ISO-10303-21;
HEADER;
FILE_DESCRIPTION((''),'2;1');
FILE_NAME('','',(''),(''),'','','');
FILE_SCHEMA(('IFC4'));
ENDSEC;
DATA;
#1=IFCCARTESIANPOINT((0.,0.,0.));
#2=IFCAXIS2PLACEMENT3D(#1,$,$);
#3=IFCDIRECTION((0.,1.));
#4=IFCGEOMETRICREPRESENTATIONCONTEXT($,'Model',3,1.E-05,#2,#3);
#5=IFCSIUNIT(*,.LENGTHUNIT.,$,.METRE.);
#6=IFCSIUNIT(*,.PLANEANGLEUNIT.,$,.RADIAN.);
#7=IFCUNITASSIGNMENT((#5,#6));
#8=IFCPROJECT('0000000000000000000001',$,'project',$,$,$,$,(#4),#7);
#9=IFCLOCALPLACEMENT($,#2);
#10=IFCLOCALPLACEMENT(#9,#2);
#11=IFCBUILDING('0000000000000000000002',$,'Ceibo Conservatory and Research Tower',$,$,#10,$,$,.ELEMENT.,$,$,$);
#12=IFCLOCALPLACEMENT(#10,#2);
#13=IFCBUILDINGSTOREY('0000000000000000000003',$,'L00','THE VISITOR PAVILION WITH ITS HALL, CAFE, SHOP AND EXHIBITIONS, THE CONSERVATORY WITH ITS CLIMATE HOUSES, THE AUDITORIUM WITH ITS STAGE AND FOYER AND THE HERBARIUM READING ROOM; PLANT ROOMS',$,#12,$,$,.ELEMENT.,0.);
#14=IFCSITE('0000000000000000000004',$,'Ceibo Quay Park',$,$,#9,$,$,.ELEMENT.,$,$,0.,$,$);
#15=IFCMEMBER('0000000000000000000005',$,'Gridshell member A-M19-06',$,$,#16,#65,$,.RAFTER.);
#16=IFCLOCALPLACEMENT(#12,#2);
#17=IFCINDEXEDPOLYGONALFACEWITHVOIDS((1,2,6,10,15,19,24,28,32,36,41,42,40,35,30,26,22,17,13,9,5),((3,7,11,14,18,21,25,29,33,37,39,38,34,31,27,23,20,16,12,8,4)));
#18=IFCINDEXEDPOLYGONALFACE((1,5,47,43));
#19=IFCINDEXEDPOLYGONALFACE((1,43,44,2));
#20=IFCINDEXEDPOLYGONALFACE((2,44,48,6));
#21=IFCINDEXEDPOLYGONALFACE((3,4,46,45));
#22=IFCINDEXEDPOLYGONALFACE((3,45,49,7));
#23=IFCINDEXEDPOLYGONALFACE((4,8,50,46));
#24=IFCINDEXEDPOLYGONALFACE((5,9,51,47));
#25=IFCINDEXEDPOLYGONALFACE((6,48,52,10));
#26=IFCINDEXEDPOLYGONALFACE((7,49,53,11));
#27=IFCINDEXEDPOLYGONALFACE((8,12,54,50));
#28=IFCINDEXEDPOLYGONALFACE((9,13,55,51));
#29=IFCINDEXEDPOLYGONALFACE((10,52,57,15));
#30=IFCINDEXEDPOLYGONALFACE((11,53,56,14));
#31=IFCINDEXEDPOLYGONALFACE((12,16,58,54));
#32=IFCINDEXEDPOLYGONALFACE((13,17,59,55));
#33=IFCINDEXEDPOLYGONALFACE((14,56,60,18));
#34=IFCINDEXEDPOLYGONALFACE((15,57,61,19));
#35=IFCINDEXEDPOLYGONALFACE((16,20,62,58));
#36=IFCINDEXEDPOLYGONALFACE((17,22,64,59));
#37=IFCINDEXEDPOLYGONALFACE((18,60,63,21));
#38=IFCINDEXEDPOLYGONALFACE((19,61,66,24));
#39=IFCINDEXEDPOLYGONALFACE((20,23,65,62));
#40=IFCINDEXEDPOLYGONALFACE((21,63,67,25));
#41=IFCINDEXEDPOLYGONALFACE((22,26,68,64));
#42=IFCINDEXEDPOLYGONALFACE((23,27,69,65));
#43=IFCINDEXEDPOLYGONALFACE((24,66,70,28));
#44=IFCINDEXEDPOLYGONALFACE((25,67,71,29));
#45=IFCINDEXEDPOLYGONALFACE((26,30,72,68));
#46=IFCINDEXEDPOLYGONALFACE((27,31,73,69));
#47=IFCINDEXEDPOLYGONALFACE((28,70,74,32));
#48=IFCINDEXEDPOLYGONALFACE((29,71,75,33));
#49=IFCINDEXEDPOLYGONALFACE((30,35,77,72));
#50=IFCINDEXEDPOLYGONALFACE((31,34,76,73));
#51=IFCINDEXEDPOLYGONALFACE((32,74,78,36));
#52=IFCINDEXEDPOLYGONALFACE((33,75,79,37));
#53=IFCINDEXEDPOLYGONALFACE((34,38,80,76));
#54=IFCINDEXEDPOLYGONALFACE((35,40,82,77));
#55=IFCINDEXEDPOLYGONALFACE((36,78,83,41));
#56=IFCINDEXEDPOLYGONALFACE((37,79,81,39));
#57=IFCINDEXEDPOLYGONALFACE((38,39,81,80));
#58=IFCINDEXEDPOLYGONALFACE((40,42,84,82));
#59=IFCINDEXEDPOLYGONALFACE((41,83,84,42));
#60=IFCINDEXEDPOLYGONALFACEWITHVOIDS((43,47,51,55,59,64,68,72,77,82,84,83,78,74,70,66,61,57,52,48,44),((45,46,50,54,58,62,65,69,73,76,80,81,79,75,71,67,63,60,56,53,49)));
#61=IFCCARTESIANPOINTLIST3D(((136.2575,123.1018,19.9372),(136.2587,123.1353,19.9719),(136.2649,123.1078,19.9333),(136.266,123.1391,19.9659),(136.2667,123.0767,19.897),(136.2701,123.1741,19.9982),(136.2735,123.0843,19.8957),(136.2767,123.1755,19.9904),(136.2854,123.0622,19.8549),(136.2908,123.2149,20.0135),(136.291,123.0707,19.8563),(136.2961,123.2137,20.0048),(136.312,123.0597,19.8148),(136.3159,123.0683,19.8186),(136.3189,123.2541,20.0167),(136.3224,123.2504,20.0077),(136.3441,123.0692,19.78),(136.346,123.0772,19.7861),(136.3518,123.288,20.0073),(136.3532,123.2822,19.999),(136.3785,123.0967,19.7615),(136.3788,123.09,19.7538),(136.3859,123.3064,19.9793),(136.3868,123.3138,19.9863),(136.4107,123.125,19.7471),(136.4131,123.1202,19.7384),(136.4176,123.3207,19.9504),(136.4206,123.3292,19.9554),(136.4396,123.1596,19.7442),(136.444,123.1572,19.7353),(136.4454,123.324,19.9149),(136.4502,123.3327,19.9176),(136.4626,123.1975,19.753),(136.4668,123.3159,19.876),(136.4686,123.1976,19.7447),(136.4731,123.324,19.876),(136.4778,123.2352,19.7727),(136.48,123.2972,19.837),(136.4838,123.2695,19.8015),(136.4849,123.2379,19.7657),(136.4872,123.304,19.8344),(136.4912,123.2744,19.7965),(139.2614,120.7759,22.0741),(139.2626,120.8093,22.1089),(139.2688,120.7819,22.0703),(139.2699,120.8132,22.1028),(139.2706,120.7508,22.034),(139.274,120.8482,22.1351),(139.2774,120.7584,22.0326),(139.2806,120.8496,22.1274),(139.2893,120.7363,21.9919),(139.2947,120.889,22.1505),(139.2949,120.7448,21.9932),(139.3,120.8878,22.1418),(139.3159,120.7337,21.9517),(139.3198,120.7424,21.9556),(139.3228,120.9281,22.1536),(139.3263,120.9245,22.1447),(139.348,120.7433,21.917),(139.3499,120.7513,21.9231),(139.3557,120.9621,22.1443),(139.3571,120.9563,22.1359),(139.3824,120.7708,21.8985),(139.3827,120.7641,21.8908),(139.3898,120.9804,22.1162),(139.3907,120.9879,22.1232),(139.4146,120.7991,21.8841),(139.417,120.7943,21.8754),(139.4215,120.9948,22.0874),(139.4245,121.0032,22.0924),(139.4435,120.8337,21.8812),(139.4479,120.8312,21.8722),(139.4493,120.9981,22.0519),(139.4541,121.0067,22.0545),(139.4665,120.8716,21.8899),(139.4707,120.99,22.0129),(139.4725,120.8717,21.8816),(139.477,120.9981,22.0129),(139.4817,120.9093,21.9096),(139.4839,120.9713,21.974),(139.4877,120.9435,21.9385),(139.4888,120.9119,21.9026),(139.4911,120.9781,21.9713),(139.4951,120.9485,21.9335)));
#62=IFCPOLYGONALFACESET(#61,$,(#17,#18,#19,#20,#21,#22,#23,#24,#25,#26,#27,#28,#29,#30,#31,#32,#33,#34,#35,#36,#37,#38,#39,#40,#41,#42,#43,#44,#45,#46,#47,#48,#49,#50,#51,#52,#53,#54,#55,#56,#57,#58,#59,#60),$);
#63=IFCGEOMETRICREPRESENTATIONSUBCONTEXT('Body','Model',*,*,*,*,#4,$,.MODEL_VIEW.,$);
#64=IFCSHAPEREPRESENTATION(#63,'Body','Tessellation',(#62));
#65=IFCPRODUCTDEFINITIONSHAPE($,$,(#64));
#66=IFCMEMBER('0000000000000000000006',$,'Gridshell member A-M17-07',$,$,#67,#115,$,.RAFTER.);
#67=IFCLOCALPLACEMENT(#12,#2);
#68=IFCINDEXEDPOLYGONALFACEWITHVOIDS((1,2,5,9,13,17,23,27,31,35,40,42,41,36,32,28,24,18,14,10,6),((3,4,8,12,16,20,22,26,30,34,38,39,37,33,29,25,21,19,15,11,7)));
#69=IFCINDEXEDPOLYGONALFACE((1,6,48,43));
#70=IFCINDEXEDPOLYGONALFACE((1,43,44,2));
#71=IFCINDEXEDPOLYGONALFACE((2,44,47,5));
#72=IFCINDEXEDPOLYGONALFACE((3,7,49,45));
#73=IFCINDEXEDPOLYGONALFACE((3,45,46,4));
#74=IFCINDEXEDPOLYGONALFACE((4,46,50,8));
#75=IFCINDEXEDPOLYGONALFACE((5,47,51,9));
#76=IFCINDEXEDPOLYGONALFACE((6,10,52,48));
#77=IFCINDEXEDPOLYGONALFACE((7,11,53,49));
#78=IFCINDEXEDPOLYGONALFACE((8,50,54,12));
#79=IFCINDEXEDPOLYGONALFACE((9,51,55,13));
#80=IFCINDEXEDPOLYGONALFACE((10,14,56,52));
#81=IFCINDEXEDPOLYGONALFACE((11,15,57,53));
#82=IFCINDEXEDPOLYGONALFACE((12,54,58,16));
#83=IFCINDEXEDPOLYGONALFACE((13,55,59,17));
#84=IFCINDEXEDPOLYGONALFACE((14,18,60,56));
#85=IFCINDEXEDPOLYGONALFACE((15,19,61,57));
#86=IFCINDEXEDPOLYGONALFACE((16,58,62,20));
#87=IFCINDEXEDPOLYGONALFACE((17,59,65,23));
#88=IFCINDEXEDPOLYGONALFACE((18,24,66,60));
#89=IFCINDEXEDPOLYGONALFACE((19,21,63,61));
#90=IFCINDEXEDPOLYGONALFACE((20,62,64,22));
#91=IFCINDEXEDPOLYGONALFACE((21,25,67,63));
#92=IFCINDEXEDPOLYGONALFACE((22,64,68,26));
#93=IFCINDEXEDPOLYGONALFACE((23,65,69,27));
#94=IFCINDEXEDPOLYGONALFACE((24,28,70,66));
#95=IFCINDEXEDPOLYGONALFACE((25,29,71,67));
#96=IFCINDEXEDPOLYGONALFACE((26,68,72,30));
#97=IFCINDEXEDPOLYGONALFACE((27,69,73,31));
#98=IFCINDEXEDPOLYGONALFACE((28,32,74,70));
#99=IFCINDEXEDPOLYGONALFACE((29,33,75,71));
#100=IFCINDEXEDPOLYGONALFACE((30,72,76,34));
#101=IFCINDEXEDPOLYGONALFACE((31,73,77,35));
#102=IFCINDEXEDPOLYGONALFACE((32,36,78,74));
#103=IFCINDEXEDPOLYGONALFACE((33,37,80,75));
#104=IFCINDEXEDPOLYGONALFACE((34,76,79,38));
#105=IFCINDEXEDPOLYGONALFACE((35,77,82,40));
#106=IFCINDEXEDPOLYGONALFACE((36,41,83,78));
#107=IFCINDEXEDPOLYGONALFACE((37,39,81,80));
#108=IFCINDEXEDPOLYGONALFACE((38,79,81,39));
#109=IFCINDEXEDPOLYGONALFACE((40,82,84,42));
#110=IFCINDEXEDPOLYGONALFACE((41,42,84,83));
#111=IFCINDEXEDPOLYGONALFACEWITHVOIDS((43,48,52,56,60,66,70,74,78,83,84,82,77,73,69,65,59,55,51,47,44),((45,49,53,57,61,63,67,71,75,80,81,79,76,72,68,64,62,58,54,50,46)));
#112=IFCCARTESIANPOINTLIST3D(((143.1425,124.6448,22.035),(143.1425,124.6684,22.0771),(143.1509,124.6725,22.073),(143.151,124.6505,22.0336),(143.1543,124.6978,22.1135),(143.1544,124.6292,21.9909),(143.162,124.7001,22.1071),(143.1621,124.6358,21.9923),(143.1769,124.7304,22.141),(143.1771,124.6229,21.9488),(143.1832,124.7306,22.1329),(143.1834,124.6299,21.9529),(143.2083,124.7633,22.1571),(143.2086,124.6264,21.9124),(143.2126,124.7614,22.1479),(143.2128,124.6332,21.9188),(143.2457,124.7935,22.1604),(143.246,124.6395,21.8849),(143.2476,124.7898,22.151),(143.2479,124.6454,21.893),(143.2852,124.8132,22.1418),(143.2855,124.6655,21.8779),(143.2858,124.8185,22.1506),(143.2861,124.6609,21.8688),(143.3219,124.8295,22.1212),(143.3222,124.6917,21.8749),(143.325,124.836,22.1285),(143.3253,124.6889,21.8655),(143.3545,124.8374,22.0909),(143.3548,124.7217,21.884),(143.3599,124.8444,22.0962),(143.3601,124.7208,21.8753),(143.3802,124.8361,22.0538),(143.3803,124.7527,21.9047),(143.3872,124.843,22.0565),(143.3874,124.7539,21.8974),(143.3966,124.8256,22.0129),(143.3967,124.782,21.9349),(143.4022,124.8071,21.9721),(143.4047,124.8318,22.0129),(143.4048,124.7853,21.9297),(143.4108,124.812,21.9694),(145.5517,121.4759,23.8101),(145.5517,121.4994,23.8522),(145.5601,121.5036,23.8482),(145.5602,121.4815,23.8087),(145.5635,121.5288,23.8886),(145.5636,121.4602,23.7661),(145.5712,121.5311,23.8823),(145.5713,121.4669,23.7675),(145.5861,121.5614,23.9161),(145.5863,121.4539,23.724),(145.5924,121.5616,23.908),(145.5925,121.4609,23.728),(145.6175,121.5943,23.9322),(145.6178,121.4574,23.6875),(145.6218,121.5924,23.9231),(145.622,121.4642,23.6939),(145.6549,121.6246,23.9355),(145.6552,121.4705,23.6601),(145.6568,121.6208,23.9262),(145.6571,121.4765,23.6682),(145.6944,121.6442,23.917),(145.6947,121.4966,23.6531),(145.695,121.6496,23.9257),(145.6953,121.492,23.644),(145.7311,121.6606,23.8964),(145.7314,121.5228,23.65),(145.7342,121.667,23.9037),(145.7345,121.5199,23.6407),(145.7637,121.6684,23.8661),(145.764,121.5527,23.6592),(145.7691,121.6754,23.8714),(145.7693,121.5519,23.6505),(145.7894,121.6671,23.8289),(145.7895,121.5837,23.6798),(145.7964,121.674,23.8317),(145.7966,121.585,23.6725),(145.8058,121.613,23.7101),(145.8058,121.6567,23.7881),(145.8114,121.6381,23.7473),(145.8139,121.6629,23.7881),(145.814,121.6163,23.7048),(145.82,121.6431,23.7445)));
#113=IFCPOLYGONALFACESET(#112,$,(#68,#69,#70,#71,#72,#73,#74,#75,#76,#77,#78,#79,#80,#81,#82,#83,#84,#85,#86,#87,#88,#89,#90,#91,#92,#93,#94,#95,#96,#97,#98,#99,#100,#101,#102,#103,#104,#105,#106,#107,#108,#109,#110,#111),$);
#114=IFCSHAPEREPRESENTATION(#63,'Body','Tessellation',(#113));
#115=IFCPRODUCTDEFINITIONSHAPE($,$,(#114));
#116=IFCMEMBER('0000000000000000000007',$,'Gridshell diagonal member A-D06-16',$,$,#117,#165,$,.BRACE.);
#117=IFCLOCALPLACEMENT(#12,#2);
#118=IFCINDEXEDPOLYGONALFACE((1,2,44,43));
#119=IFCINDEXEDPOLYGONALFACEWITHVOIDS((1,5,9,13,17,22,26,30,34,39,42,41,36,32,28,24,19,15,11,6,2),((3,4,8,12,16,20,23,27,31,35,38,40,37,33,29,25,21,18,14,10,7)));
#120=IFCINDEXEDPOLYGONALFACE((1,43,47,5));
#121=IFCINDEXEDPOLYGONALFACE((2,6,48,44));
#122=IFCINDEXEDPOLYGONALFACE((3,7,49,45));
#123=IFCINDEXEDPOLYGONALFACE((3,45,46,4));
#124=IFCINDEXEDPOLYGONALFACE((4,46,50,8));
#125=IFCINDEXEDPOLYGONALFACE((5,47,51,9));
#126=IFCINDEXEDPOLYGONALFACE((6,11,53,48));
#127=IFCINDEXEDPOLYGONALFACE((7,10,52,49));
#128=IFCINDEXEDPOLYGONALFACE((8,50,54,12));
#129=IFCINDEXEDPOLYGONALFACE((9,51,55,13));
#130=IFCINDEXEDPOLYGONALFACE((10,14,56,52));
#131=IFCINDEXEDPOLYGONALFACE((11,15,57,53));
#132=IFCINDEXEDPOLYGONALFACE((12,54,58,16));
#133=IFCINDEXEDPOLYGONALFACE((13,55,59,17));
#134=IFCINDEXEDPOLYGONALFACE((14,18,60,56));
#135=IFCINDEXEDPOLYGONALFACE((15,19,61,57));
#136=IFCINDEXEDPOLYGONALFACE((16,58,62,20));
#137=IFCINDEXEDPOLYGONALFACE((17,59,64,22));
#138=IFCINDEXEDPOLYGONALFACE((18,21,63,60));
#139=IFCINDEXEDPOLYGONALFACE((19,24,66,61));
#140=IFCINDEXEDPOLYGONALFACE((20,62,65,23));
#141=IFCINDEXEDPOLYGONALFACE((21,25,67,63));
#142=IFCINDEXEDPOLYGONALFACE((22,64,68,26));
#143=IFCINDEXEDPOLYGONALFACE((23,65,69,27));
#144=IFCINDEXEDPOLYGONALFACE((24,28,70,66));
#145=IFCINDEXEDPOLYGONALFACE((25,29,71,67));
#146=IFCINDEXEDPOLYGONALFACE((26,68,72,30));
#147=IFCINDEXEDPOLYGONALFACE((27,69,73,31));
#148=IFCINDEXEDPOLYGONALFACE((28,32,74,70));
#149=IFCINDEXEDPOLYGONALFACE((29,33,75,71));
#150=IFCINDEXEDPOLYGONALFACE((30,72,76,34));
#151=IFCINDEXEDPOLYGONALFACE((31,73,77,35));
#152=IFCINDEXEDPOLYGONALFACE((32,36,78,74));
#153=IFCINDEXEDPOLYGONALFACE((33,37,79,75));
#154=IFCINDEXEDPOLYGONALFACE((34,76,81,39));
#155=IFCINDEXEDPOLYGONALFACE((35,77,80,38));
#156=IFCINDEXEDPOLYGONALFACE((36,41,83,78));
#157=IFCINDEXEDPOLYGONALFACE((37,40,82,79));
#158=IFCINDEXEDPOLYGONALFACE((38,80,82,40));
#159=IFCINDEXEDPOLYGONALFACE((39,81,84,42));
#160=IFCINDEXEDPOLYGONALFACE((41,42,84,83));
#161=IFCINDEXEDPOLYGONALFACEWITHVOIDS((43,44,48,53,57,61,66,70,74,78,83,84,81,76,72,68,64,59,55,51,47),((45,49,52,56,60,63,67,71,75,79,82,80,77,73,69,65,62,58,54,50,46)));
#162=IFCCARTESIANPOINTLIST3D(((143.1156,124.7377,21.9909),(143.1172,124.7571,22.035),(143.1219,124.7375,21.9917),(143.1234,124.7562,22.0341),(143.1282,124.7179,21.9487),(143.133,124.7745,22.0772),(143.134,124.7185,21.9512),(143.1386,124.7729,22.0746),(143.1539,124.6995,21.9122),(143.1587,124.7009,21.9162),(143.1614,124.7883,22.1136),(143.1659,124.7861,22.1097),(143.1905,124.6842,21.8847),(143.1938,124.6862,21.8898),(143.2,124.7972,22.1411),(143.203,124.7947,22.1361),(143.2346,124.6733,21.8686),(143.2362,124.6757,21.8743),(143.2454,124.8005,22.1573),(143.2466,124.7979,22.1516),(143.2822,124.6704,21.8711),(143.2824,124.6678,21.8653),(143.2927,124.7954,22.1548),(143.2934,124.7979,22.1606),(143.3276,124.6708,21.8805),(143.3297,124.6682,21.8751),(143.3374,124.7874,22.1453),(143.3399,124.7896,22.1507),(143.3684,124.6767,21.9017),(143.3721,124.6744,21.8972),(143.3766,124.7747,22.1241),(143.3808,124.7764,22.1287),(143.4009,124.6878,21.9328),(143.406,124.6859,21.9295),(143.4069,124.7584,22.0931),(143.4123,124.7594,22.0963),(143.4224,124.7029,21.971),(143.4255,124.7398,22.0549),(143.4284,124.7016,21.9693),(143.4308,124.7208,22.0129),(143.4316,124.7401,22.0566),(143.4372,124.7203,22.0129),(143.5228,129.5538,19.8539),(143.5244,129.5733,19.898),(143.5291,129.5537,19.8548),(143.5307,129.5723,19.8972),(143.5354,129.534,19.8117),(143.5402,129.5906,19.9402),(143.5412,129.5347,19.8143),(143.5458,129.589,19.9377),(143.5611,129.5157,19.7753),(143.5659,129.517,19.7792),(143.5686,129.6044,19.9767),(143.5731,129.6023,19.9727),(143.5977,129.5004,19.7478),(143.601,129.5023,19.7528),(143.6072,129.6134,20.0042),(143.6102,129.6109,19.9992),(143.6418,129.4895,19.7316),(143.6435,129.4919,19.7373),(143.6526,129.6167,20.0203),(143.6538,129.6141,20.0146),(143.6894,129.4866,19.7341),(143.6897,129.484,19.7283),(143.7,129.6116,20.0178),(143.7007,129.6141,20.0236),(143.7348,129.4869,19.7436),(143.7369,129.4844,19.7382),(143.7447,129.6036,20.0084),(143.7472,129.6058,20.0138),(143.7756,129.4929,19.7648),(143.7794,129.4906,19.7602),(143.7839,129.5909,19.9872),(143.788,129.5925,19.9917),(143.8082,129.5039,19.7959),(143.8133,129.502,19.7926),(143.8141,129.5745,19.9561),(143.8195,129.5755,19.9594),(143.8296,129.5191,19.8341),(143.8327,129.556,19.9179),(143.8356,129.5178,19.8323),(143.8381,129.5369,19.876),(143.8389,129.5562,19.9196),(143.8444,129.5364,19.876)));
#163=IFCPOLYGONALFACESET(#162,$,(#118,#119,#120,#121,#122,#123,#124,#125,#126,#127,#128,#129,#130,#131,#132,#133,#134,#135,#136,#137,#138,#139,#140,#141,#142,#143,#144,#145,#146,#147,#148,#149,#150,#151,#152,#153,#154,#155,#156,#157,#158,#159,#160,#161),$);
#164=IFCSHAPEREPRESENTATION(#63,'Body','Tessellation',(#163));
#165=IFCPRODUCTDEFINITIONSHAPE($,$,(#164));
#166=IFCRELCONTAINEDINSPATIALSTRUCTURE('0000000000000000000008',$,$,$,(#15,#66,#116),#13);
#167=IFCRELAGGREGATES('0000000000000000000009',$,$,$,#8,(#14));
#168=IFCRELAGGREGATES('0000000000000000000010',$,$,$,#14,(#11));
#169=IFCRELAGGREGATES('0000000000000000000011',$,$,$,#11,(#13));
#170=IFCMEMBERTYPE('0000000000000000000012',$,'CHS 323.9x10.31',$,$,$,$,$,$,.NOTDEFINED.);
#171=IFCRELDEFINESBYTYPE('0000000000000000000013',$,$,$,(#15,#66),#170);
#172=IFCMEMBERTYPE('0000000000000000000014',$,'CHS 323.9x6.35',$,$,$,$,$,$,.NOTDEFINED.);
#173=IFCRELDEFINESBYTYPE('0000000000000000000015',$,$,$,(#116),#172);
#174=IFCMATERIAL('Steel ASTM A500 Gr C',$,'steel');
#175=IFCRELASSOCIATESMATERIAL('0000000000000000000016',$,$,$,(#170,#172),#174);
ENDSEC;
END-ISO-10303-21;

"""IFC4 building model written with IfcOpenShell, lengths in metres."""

from ifc_helpers import new_model, si_unit, direction, frame, origin, origin_2d, place, context, subcontext, project, spatial, hollow_circle, extrude, material, material_profile, profile_set, type_object, element, save


model = new_model("IFC4")

# Units and contexts
model_context = context("Model", 3, precision=1e-05, world=origin(), true_north=direction((0.0, 1.0)))
body_context = subcontext(model_context, "Body", "Model", "MODEL_VIEW")
ifc_project = project(units=[si_unit("LENGTHUNIT", "METRE"), si_unit("PLANEANGLEUNIT", "RADIAN")], contexts=[model_context])

# Site, building, storey
site_placement = place(None, origin())
site = spatial("IfcSite", under=ifc_project, at=site_placement, Name="Ceibo Quay Park", CompositionType="ELEMENT", RefElevation=0.0)
building_placement = place(site_placement, origin())
building = spatial("IfcBuilding", under=site, at=building_placement, Name="Ceibo Conservatory and Research Tower", CompositionType="ELEMENT")
storey_placement = place(building_placement, origin())
storey = spatial("IfcBuildingStorey", under=building, at=storey_placement, Name="L00", Description="THE VISITOR PAVILION WITH ITS HALL, CAFE, SHOP AND EXHIBITIONS, THE CONSERVATORY WITH ITS CLIMATE HOUSES, THE AUDITORIUM WITH ITS STAGE AND FOYER AND THE HERBARIUM READING ROOM; PLANT ROOMS", CompositionType="ELEMENT", Elevation=0.0)

# Members
ifc_material_1 = material(Name="Steel ASTM A500 Gr C", Category="steel")
ifc_material_profile_1 = material_profile(ifc_material_1, hollow_circle(Radius=0.1619, WallThickness=0.0103, at=origin_2d()), Name="CHS 323.9x10.31")
ifc_profile_set_1 = profile_set([ifc_material_profile_1], Name="Steel ASTM A500 Gr C")
member_type_1 = type_object("IfcMemberType", Name="CHS 323.9x10.31", PredefinedType="NOTDEFINED", material=ifc_profile_set_1)
member_1_placement = place(storey_placement, frame((136.374, 123.196, 19.876), z_axis=(0.689143, -0.533604, 0.490253), x_axis=(0.612226, 0.790683, 0.0)))
element("IfcMember", 1, at=member_1_placement, inside=storey, type_object=member_type_1, Name="Gridshell member A-M19-06", PredefinedType="RAFTER", context=body_context, shape_type="SweptSolid", body=[
    extrude(hollow_circle(Radius=0.1619, WallThickness=0.0103, at=origin_2d()), origin(), (0.0, 0.0, 1.0), 4.3589),
])
member_2_placement = place(storey_placement, frame((143.2759, 124.7339, 22.0129), z_axis=(0.55274, -0.727054, 0.407273), x_axis=(0.796068, 0.605208, 0.0)))
element("IfcMember", 2, at=member_2_placement, inside=storey, type_object=member_type_1, Name="Gridshell member A-M17-07", PredefinedType="RAFTER", context=body_context, shape_type="SweptSolid", body=[
    extrude(hollow_circle(Radius=0.1619, WallThickness=0.0103, at=origin_2d()), origin(), (0.0, 0.0, 1.0), 4.3586),
])
ifc_material_profile_2 = material_profile(ifc_material_1, hollow_circle(Radius=0.1619, WallThickness=0.0063, at=origin_2d()), Name="CHS 323.9x6.35")
ifc_profile_set_2 = profile_set([ifc_material_profile_2], Name="Steel ASTM A500 Gr C")
member_type_2 = type_object("IfcMemberType", Name="CHS 323.9x6.35", PredefinedType="NOTDEFINED", material=ifc_profile_set_2)
for number, where, z_axis, x_axis, name in (
    (3, (143.6831, 129.55, 19.876), (-0.077058, -0.911344, 0.404369), (0.996444, -0.084254, 0.0), "Gridshell diagonal member A-D06-16"),
):
    element("IfcMember", number, at=place(storey_placement, frame(where, z_axis=z_axis, x_axis=x_axis)), inside=storey, type_object=member_type_2, Name=name, PredefinedType="BRACE", context=body_context, shape_type="SweptSolid", body=[
        extrude(hollow_circle(Radius=0.1619, WallThickness=0.0063, at=origin_2d()), origin(), (0.0, 0.0, 1.0), 5.2847),
    ])

save(model, "model.ifc")
